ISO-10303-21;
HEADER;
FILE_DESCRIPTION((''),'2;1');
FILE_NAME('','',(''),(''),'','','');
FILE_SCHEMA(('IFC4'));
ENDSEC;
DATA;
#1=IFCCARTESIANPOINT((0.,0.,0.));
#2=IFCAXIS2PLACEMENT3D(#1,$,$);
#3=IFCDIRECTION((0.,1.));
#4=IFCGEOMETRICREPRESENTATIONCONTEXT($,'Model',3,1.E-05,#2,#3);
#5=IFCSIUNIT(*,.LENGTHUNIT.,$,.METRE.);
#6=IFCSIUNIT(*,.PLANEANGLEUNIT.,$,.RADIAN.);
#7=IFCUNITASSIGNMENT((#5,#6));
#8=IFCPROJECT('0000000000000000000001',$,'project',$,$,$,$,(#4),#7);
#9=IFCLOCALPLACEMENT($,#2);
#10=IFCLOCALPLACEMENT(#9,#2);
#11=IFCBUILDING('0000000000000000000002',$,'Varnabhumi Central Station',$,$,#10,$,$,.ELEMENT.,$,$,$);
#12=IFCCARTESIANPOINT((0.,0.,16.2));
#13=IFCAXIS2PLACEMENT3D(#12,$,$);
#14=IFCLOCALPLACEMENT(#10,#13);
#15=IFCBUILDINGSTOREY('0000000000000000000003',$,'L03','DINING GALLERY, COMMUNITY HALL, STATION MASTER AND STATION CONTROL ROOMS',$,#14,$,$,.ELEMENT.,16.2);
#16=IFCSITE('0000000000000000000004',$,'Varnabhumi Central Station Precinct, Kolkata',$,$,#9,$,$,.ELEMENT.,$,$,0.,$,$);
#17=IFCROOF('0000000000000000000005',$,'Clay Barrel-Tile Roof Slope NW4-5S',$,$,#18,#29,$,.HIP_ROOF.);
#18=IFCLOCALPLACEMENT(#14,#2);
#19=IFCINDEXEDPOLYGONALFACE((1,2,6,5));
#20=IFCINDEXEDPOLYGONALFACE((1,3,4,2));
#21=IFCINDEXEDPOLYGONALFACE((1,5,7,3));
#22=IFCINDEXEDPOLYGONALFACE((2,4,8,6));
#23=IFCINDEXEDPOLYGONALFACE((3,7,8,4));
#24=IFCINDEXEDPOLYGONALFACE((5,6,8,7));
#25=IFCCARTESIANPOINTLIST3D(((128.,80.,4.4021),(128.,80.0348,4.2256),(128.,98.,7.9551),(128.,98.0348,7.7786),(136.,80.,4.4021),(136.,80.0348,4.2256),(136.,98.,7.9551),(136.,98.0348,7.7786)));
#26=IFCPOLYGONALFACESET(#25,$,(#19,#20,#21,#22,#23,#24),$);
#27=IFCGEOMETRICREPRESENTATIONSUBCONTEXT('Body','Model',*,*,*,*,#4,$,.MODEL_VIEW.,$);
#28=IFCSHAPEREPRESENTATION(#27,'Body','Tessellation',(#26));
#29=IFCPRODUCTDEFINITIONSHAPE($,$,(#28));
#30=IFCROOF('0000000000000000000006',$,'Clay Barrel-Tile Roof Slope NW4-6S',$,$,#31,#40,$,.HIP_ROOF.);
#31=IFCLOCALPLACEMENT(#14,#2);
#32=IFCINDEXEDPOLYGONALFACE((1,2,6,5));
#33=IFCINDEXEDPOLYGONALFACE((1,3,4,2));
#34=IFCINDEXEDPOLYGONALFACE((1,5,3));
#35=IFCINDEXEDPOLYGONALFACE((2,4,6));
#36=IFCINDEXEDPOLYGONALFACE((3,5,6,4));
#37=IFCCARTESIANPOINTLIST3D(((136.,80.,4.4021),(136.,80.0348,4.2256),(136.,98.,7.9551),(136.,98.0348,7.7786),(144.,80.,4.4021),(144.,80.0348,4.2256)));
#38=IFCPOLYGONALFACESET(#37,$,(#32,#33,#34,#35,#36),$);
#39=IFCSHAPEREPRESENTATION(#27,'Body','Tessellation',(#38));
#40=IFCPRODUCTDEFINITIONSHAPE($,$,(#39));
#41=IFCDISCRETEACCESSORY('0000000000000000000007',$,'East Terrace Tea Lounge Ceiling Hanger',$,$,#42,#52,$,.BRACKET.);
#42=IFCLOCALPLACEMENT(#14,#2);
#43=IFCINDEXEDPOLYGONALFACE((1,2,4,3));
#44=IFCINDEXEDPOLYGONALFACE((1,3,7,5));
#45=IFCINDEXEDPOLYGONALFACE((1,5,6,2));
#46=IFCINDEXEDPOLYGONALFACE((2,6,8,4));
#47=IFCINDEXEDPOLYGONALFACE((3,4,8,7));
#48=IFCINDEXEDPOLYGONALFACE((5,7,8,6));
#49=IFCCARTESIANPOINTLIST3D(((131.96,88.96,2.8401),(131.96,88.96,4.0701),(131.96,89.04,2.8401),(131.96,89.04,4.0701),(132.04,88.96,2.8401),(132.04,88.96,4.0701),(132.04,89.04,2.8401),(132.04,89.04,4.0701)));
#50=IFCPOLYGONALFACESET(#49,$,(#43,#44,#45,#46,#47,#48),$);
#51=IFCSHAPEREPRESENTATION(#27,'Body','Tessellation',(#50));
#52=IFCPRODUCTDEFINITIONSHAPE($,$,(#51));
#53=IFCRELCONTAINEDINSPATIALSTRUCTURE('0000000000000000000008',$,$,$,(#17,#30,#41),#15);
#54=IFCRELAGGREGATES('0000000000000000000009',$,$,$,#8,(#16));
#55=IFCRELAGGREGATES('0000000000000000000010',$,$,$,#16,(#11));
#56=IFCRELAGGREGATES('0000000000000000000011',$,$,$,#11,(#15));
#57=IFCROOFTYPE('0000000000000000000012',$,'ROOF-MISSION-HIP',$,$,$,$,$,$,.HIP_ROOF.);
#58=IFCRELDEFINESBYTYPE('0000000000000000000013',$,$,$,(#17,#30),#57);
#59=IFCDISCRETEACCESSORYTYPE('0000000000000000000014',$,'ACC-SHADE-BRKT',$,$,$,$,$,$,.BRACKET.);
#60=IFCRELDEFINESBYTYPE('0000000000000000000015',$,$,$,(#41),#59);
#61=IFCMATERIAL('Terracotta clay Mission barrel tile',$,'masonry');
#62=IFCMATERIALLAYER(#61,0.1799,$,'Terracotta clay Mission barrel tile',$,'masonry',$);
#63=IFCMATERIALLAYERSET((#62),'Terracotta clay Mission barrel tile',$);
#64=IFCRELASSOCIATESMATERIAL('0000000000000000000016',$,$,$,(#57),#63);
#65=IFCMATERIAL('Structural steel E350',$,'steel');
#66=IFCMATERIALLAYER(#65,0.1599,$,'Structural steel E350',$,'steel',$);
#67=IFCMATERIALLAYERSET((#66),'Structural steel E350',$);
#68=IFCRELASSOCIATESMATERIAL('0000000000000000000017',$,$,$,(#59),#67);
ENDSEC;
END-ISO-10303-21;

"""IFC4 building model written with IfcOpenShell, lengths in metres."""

from ifc_helpers import new_model, si_unit, direction, frame, origin, origin_2d, place, context, subcontext, project, spatial, polyline, rectangle, outline, extrude, material, layer, layer_set, type_object, element, save


model = new_model("IFC4")

# Units and contexts
model_context = context("Model", 3, precision=1e-05, world=origin(), true_north=direction((0.0, 1.0)))
body_context = subcontext(model_context, "Body", "Model", "MODEL_VIEW")
ifc_project = project(units=[si_unit("LENGTHUNIT", "METRE"), si_unit("PLANEANGLEUNIT", "RADIAN")], contexts=[model_context])

# Site, building, storey
site_placement = place(None, origin())
site = spatial("IfcSite", under=ifc_project, at=site_placement, Name="Varnabhumi Central Station Precinct, Kolkata", CompositionType="ELEMENT", RefElevation=0.0)
building_placement = place(site_placement, origin())
building = spatial("IfcBuilding", under=site, at=building_placement, Name="Varnabhumi Central Station", CompositionType="ELEMENT")
storey_placement = place(building_placement, frame((0.0, 0.0, 16.2)))
storey = spatial("IfcBuildingStorey", under=building, at=storey_placement, Name="L03", Description="DINING GALLERY, COMMUNITY HALL, STATION MASTER AND STATION CONTROL ROOMS", CompositionType="ELEMENT", Elevation=16.2)

# Shared definitions
ifc_material_1 = material(Name="Structural steel E350", Category="steel")

# Roofs
ifc_material_2 = material(Name="Terracotta clay Mission barrel tile", Category="masonry")
ifc_layer_1 = layer(ifc_material_2, 0.1799, Name="Terracotta clay Mission barrel tile", Category="masonry")
ifc_layer_set_1 = layer_set([ifc_layer_1], Name="Terracotta clay Mission barrel tile")
roof_type = type_object("IfcRoofType", Name="ROOF-MISSION-HIP", PredefinedType="HIP_ROOF", material=ifc_layer_set_1)
roof_1_placement = place(storey_placement, frame((128.0, 80.0, 4.4021), z_axis=(0.0, -0.193651, 0.98107), x_axis=(1.0, 0.0, 0.0)))
element("IfcRoof", 1, at=roof_1_placement, inside=storey, type_object=roof_type, Name="Clay Barrel-Tile Roof Slope NW4-5S", PredefinedType="HIP_ROOF", context=body_context, shape_type="SweptSolid", body=[
    extrude(outline(polyline([(0.0, 0.0), (8.0, 0.0), (8.0, 18.3473), (0.0, 18.3473), (0.0, 0.0)])), origin(), (0.0, 0.0, -1.0), 0.1799),
])
roof_2_placement = place(storey_placement, frame((136.0, 80.0, 4.4021), z_axis=(0.0, -0.193651, 0.98107), x_axis=(1.0, 0.0, 0.0)))
element("IfcRoof", 2, at=roof_2_placement, inside=storey, type_object=roof_type, Name="Clay Barrel-Tile Roof Slope NW4-6S", PredefinedType="HIP_ROOF", context=body_context, shape_type="SweptSolid", body=[
    extrude(outline(polyline([(0.0, 0.0), (8.0, 0.0), (0.0, 18.3473), (0.0, 0.0)])), origin(), (0.0, 0.0, -1.0), 0.1799),
])

# Discrete accessory
ifc_layer_2 = layer(ifc_material_1, 0.1599, Name="Structural steel E350", Category="steel")
ifc_layer_set_2 = layer_set([ifc_layer_2], Name="Structural steel E350")
discrete_accessory_type = type_object("IfcDiscreteAccessoryType", Name="ACC-SHADE-BRKT", PredefinedType="BRACKET", material=ifc_layer_set_2)
discrete_accessory_placement = place(storey_placement, frame((132.0, 89.0, 2.8401), z_axis=(0.0, 0.0, 1.0), x_axis=(1.0, 0.0, 0.0)))
element("IfcDiscreteAccessory", 3, at=discrete_accessory_placement, inside=storey, type_object=discrete_accessory_type, Name="East Terrace Tea Lounge Ceiling Hanger", PredefinedType="BRACKET", context=body_context, shape_type="SweptSolid", body=[
    extrude(rectangle(XDim=0.0801, YDim=0.0801, at=origin_2d()), origin(), (0.0, 0.0, 1.0), 1.23),
])

save(model, "model.ifc")
